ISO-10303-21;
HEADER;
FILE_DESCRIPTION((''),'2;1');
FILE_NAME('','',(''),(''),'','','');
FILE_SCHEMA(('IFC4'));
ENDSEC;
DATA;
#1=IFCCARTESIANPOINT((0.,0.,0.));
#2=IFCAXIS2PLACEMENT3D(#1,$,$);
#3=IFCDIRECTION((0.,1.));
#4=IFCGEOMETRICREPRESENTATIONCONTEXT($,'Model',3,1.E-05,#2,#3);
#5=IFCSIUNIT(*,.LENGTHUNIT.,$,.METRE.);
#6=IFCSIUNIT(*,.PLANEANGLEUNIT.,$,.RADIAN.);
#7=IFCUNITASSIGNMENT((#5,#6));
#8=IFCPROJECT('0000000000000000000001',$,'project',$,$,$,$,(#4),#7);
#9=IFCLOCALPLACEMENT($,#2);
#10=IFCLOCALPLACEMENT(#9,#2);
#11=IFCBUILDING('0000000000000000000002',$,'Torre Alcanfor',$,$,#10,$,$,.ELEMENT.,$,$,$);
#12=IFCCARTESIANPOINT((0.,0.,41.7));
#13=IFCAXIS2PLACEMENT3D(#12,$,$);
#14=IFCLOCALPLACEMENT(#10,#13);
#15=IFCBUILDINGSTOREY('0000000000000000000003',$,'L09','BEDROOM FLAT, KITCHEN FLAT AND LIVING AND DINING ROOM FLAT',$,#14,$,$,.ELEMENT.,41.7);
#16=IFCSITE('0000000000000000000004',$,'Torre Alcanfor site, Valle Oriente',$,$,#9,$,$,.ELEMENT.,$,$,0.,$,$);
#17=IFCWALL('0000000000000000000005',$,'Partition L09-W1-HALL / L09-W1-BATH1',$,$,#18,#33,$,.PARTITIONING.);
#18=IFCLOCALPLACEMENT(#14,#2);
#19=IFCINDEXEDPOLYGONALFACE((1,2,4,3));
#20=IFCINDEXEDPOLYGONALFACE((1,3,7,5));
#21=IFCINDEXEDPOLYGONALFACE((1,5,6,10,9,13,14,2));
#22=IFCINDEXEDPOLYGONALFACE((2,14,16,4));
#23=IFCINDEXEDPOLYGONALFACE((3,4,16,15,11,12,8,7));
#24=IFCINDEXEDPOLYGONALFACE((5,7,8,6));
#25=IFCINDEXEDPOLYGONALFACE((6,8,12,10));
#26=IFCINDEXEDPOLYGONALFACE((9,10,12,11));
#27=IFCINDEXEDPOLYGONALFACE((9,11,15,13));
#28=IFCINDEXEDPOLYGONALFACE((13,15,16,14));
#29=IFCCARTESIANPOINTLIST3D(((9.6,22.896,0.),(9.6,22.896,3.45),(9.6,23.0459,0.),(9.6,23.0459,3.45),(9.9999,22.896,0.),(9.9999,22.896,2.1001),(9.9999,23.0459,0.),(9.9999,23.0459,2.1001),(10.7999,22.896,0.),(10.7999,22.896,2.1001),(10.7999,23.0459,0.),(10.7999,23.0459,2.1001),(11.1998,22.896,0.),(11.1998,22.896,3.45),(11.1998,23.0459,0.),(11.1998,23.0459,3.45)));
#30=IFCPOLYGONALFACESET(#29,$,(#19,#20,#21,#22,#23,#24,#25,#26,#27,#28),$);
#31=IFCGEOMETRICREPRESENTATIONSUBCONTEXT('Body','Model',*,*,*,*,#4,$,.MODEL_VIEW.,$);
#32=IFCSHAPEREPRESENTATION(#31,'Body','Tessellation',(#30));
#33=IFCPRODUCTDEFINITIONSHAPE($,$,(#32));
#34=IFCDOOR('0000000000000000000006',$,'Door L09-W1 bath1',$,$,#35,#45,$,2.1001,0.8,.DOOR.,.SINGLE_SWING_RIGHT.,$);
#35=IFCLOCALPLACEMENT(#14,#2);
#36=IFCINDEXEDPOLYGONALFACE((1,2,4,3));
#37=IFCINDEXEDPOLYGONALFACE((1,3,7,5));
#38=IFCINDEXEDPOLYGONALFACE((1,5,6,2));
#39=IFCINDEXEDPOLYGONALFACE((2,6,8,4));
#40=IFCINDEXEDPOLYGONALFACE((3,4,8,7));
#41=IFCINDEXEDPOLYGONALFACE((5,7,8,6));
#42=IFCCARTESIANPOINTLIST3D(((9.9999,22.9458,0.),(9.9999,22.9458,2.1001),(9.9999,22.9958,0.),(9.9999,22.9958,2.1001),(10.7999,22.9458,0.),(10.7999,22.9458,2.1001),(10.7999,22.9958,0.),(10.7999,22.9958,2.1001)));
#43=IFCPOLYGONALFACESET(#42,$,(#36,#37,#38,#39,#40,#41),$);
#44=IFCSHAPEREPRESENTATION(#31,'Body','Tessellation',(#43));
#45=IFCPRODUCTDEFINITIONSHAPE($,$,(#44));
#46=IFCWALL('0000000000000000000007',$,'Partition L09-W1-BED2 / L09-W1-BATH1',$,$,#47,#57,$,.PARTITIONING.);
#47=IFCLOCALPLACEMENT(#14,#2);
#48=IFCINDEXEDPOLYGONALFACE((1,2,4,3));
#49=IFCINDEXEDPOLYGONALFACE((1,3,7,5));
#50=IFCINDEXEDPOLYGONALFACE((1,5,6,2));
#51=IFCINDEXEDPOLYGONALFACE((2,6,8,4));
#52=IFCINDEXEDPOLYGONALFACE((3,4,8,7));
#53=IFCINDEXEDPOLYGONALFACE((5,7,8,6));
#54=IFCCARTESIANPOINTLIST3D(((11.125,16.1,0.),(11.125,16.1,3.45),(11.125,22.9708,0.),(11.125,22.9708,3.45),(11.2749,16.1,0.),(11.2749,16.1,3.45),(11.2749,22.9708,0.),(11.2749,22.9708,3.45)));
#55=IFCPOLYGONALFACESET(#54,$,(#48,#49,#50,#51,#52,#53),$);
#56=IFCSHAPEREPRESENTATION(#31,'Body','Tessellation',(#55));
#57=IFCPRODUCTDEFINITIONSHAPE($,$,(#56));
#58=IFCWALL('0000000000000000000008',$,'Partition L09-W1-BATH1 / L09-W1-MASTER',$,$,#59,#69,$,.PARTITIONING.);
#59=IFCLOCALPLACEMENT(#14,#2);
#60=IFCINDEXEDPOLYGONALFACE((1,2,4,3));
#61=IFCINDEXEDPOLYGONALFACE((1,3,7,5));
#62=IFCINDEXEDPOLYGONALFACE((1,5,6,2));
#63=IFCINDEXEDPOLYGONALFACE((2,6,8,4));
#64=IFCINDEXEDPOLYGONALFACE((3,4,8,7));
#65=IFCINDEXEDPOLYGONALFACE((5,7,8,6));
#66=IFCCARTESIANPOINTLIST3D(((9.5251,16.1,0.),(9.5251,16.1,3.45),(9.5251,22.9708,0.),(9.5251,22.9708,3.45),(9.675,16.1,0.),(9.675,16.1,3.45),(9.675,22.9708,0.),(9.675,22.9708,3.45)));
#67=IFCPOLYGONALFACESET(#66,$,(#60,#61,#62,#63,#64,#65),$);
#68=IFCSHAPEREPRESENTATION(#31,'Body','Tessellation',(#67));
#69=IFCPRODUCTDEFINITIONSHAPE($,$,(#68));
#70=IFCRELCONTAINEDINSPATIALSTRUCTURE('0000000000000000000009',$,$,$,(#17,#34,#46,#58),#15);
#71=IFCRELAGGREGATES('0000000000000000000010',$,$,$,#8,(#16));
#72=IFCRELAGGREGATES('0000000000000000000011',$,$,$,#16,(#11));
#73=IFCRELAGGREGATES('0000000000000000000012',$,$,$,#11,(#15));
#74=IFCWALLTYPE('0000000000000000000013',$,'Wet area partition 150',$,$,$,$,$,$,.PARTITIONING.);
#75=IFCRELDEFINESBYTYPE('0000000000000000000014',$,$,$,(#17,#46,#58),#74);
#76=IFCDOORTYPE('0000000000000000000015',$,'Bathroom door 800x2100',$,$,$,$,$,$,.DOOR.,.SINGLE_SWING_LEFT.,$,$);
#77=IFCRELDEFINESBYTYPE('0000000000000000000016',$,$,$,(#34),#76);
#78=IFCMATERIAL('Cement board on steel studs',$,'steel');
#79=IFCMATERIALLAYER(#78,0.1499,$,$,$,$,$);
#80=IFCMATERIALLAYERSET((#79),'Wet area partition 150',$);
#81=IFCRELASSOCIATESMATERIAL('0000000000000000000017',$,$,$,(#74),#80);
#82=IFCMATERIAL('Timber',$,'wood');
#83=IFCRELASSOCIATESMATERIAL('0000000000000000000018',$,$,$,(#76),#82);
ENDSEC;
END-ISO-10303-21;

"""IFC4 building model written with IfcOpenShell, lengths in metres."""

from ifc_helpers import new_model, si_unit, direction, frame, frame_2d, origin, place, context, subcontext, project, spatial, rectangle, extrude, material, layer, layer_set, type_object, element, fill, save


model = new_model("IFC4")

# Units and contexts
model_context = context("Model", 3, precision=1e-05, world=origin(), true_north=direction((0.0, 1.0)))
body_context = subcontext(model_context, "Body", "Model", "MODEL_VIEW")
ifc_project = project(units=[si_unit("LENGTHUNIT", "METRE"), si_unit("PLANEANGLEUNIT", "RADIAN")], contexts=[model_context])

# Site, building, storey
site_placement = place(None, origin())
site = spatial("IfcSite", under=ifc_project, at=site_placement, Name="Torre Alcanfor site, Valle Oriente", CompositionType="ELEMENT", RefElevation=0.0)
building_placement = place(site_placement, origin())
building = spatial("IfcBuilding", under=site, at=building_placement, Name="Torre Alcanfor", CompositionType="ELEMENT")
storey_placement = place(building_placement, frame((0.0, 0.0, 41.7)))
storey = spatial("IfcBuildingStorey", under=building, at=storey_placement, Name="L09", Description="BEDROOM FLAT, KITCHEN FLAT AND LIVING AND DINING ROOM FLAT", CompositionType="ELEMENT", Elevation=41.7)

# Wall, opening, door
ifc_material_1 = material(Name="Cement board on steel studs", Category="steel")
ifc_layer_1 = layer(ifc_material_1, 0.1499)
ifc_layer_set_1 = layer_set([ifc_layer_1], Name="Wet area partition 150")
wall_type_1 = type_object("IfcWallType", Name="Wet area partition 150", PredefinedType="PARTITIONING", material=ifc_layer_set_1)
wall_1_placement = place(storey_placement, frame((9.6001, 22.9709, 0.0), z_axis=(0.0, 0.0, 1.0), x_axis=(1.0, 0.0, 0.0)))
wall_1 = element("IfcWall", 1, at=wall_1_placement, inside=storey, type_object=wall_type_1, Name="Partition L09-W1-HALL / L09-W1-BATH1", PredefinedType="PARTITIONING", context=body_context, shape_type="SweptSolid", body=[
    extrude(rectangle(XDim=1.5999, YDim=0.1499, at=frame_2d((0.7998, 0.0))), origin(), (0.0, 0.0, 1.0), 3.45),
])
opening_1_placement = place(wall_1_placement, frame((0.3999, 0.0, 0.0)))
opening_1 = element("IfcOpeningElement", 2, at=opening_1_placement, cuts=wall_1, PredefinedType="OPENING", context=body_context, shape_type="SweptSolid", body=[
    extrude(rectangle(XDim=0.8, YDim=2.1001, at=frame_2d((0.3999, 1.05))), frame((0.0, 0.085, 0.0), z_axis=(0.0, -1.0, 0.0), x_axis=(1.0, 0.0, 0.0)), (0.0, 0.0, 1.0), 0.1699),
])
ifc_material_2 = material(Name="Timber", Category="wood")
door_type_1 = type_object("IfcDoorType", Name="Bathroom door 800x2100", OperationType="SINGLE_SWING_LEFT", PredefinedType="DOOR", material=ifc_material_2)
door_1_placement = place(opening_1_placement, frame((0.8, 0.0, 0.0), z_axis=(0.0, 0.0, 1.0), x_axis=(-1.0, 0.0, 0.0)))
door_1 = element("IfcDoor", 3, at=door_1_placement, inside=storey, type_object=door_type_1, Name="Door L09-W1 bath1", OperationType="SINGLE_SWING_RIGHT", OverallHeight=2.1001, OverallWidth=0.8, PredefinedType="DOOR", context=body_context, shape_type="SweptSolid", body=[
    extrude(rectangle(XDim=0.8, YDim=2.1001, at=frame_2d((0.4001, 1.05))), frame((0.0, 0.0251, 0.0), z_axis=(0.0, -1.0, 0.0), x_axis=(1.0, 0.0, 0.0)), (0.0, 0.0, 1.0), 0.05),
])
fill(opening_1, door_1)

# Walls
for number, where, z_axis, x_axis, name in (
    (4, (11.2, 22.9709, 0.0), (0.0, 0.0, 1.0), (0.0, -1.0, 0.0), "Partition L09-W1-BED2 / L09-W1-BATH1"),
    (5, (9.6001, 22.9709, 0.0), (0.0, 0.0, 1.0), (0.0, -1.0, 0.0), "Partition L09-W1-BATH1 / L09-W1-MASTER"),
):
    element("IfcWall", number, at=place(storey_placement, frame(where, z_axis=z_axis, x_axis=x_axis)), inside=storey, type_object=wall_type_1, Name=name, PredefinedType="PARTITIONING", context=body_context, shape_type="SweptSolid", body=[
        extrude(rectangle(XDim=6.8708, YDim=0.1499, at=frame_2d((3.4355, 0.0))), origin(), (0.0, 0.0, 1.0), 3.45),
    ])

save(model, "model.ifc")
